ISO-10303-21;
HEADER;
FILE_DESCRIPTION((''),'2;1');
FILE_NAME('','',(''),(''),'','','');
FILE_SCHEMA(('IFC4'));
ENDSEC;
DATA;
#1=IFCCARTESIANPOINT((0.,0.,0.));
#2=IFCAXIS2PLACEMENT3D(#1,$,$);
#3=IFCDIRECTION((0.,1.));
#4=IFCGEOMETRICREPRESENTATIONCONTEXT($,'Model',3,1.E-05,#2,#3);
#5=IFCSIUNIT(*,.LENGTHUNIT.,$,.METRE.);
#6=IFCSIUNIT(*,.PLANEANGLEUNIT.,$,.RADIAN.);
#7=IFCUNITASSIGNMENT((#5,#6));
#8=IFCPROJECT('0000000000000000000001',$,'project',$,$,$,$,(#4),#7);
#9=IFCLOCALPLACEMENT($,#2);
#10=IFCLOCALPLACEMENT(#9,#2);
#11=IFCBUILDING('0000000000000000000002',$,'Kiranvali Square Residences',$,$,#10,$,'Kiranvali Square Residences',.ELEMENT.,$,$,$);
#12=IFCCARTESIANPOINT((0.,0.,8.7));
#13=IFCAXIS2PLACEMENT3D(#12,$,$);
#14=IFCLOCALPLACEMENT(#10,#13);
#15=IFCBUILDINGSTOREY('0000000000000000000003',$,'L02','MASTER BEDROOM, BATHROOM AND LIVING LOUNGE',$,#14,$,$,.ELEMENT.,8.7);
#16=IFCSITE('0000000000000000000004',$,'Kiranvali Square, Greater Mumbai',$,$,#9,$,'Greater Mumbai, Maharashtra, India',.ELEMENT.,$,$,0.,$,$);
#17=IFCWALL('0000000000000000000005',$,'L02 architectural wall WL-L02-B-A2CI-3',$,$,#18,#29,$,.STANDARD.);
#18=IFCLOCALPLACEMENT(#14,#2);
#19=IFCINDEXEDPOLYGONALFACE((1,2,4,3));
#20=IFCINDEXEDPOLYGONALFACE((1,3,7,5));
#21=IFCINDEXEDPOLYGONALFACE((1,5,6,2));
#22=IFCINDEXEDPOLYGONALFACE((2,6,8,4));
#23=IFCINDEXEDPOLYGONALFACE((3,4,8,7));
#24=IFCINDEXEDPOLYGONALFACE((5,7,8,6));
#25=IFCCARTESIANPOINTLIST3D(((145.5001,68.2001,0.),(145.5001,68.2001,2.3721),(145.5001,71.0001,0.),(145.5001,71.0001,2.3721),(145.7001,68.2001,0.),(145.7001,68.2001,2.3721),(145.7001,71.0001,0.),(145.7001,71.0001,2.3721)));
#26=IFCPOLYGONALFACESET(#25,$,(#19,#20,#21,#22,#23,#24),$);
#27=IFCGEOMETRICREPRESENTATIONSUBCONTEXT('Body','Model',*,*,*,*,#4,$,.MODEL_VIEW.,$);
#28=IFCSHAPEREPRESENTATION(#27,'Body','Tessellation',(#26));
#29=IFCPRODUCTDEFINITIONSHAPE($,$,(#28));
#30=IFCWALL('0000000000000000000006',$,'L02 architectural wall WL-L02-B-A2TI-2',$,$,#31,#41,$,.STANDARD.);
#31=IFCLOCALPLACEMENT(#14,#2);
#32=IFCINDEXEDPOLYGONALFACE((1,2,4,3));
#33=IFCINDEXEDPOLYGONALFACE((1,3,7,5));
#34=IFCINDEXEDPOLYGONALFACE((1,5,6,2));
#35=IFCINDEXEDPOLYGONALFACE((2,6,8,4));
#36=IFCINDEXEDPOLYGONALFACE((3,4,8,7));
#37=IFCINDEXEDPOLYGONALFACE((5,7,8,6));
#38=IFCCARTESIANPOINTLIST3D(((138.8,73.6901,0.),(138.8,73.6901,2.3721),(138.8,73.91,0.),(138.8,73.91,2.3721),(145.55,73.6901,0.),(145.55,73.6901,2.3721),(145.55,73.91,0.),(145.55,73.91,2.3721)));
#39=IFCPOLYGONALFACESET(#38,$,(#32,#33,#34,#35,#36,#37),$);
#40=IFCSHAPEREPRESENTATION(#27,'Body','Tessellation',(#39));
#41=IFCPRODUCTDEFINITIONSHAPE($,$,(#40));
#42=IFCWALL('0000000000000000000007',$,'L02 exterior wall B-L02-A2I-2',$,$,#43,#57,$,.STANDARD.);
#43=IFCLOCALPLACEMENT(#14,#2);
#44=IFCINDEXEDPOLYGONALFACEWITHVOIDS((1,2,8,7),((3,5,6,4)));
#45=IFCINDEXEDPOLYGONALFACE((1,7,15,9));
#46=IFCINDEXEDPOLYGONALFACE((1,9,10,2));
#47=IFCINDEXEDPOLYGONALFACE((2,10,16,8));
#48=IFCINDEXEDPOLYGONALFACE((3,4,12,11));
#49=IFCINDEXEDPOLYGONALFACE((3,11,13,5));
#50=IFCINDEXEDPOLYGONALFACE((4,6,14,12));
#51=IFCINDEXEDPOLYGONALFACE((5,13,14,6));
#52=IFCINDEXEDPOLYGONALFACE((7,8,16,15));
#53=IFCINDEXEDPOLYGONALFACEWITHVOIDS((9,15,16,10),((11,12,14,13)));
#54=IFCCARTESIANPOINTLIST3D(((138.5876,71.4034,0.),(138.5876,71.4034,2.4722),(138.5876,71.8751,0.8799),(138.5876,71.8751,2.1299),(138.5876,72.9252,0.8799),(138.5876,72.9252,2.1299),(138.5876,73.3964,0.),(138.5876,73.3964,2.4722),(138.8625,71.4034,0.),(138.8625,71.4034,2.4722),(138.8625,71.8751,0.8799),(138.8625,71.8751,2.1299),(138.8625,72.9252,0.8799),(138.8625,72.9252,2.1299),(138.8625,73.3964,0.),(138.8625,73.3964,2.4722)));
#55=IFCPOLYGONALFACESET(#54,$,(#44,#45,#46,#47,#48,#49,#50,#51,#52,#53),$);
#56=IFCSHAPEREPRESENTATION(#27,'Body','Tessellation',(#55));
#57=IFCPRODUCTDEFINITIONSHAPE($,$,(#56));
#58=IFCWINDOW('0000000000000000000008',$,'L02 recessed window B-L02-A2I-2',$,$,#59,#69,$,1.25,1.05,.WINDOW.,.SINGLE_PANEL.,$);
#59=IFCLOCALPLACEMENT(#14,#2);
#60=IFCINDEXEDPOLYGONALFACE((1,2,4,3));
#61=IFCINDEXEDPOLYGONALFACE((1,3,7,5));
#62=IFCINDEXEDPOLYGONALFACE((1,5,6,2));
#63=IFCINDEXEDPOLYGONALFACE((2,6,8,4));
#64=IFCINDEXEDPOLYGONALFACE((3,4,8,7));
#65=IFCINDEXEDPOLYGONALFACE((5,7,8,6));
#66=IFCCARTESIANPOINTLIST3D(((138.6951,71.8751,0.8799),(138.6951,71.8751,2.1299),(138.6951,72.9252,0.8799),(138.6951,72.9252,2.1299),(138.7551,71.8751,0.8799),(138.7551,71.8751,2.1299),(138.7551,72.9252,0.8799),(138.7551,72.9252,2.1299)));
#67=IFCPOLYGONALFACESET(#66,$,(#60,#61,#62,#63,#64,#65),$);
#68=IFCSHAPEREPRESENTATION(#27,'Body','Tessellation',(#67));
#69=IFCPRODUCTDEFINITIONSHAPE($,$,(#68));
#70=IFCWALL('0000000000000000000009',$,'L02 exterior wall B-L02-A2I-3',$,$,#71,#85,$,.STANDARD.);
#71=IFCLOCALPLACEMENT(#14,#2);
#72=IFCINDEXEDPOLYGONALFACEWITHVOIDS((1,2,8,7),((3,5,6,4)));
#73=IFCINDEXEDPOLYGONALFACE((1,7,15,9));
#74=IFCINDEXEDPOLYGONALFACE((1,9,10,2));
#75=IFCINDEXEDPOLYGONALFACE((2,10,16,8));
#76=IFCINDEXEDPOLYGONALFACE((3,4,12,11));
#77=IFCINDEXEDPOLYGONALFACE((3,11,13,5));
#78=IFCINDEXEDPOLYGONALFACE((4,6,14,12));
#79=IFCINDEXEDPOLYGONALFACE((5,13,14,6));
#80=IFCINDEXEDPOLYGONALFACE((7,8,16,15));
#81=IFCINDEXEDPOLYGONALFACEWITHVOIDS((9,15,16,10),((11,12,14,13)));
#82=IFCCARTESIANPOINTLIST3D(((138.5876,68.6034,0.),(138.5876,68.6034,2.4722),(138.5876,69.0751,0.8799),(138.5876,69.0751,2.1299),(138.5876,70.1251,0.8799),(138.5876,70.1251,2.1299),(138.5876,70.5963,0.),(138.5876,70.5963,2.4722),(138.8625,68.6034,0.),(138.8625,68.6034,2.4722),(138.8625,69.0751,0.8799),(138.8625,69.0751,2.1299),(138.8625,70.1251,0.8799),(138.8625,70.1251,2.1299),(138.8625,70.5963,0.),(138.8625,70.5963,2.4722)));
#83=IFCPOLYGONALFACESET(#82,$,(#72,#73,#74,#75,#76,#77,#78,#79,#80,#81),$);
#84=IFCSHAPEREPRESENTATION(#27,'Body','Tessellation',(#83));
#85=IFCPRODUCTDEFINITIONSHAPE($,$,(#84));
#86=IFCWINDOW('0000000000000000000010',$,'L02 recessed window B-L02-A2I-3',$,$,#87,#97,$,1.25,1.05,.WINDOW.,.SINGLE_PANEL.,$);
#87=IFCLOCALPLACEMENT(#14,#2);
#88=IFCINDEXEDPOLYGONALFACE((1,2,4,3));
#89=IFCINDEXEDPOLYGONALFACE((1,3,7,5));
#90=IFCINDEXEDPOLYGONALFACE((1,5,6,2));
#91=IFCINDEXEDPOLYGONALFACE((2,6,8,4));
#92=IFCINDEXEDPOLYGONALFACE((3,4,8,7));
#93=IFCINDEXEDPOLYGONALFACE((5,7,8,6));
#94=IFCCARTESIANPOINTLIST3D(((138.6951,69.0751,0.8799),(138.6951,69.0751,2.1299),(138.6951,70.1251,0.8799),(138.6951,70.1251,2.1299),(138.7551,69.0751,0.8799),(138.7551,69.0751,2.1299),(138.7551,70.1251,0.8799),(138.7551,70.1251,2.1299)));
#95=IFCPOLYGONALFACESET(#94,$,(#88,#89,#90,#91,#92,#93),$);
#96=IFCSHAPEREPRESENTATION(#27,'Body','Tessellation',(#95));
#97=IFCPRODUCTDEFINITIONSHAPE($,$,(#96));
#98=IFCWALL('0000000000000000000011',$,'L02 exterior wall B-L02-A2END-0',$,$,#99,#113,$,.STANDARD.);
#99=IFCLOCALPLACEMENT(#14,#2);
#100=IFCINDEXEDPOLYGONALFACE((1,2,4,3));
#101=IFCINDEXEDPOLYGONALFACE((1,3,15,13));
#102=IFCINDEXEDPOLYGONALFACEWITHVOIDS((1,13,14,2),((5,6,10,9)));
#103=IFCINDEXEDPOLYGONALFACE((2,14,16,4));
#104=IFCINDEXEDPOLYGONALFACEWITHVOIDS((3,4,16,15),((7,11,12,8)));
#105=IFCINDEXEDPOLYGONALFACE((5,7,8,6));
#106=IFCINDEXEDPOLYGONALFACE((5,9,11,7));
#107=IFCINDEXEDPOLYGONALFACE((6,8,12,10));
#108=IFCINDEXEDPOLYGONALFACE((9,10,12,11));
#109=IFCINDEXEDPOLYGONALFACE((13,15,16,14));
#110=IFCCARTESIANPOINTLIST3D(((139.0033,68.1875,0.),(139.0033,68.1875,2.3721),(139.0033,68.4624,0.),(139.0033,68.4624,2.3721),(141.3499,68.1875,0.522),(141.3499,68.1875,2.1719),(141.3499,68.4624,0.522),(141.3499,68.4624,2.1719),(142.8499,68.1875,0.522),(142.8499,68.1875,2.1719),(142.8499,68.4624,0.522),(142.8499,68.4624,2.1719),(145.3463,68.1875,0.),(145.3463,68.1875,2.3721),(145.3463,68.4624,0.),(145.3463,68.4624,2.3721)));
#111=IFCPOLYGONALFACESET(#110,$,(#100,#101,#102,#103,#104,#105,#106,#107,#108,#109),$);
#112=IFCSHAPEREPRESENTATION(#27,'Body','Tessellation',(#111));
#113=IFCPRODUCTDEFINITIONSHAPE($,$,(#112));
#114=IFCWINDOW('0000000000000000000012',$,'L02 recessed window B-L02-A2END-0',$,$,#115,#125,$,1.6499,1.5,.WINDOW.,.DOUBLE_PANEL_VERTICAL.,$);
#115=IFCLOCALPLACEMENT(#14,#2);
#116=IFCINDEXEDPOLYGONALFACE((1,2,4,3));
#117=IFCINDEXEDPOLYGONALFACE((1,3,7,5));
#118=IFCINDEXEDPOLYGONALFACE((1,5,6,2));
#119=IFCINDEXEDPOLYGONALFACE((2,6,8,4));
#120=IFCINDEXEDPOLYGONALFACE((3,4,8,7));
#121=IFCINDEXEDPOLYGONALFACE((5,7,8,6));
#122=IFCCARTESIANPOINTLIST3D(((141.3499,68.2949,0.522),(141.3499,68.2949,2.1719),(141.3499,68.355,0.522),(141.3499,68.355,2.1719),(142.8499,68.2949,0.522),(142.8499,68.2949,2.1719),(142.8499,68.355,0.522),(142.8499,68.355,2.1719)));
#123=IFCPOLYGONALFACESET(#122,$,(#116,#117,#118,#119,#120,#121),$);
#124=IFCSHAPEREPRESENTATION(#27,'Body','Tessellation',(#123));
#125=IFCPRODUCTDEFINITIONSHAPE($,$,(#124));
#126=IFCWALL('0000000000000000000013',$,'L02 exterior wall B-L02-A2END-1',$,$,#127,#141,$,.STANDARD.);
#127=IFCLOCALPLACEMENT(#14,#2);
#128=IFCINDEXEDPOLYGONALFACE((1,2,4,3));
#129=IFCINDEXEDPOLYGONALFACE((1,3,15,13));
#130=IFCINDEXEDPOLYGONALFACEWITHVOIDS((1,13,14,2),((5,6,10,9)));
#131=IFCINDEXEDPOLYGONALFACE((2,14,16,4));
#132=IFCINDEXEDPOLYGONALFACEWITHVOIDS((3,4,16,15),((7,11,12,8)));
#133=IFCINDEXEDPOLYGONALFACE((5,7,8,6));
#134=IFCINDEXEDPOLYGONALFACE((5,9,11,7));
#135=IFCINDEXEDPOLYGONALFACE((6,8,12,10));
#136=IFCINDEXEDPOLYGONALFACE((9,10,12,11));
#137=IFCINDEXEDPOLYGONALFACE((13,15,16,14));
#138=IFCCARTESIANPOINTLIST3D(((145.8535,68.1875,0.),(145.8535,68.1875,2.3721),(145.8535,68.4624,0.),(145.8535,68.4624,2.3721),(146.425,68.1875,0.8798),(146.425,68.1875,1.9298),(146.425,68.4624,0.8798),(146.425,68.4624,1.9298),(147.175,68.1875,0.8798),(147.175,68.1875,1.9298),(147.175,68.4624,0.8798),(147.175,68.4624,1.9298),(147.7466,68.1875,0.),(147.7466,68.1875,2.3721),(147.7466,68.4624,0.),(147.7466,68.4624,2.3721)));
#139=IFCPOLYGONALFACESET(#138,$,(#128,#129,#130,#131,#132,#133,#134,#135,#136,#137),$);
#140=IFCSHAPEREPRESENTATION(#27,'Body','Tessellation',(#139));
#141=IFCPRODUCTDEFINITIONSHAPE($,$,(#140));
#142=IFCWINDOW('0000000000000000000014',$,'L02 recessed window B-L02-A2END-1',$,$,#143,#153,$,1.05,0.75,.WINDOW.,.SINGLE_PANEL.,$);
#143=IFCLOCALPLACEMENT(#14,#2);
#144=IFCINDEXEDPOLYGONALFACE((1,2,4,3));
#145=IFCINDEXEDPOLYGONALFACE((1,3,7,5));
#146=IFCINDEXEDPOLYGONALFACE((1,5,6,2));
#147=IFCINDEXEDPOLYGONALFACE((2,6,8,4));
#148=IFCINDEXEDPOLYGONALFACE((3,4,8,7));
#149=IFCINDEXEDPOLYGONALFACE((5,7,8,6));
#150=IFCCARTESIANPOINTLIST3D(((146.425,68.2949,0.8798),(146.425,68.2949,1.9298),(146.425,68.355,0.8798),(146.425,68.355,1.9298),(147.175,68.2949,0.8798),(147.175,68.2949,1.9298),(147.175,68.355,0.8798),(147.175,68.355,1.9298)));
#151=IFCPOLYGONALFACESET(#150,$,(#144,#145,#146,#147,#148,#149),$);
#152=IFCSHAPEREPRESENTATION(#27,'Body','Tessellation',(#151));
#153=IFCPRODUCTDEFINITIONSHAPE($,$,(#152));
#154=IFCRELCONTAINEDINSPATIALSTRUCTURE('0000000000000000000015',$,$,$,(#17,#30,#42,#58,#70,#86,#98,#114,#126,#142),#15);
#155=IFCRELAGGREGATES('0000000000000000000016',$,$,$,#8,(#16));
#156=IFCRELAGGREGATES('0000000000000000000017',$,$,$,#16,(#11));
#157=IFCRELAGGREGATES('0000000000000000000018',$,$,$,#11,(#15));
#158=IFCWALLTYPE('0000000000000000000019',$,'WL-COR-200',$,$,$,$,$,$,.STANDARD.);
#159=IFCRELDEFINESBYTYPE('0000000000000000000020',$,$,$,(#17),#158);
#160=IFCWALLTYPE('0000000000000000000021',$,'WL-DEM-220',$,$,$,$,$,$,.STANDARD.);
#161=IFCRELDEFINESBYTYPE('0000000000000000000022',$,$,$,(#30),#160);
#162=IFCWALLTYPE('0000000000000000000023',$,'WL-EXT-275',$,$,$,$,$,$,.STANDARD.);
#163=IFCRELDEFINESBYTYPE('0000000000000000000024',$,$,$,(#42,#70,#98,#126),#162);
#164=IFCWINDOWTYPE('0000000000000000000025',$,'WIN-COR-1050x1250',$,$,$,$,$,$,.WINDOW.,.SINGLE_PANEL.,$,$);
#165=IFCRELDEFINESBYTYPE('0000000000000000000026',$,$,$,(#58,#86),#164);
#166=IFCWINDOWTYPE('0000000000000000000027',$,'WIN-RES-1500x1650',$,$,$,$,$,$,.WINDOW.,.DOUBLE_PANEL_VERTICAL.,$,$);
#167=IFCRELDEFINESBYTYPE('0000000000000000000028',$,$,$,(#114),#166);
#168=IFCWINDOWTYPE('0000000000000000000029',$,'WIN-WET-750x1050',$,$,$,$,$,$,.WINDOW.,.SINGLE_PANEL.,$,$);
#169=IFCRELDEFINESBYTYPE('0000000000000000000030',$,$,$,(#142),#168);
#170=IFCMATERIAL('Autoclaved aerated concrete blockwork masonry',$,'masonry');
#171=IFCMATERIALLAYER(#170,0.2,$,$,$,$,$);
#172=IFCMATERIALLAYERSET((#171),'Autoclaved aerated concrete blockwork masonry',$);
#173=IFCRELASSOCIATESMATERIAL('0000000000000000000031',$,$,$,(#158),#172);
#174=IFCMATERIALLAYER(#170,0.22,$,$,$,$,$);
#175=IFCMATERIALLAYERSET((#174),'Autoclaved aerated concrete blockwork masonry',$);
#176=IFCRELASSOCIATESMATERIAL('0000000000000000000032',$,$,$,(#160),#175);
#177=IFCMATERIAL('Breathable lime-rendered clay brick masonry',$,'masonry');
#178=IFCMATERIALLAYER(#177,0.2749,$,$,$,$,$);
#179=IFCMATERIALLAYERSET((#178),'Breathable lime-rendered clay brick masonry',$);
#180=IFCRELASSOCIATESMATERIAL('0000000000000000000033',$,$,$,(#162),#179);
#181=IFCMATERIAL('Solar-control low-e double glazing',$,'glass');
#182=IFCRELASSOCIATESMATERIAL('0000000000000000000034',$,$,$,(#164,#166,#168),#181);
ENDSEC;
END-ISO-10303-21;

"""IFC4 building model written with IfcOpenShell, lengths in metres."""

from ifc_helpers import new_model, si_unit, direction, frame, frame_2d, origin, place, context, subcontext, project, spatial, rectangle, extrude, material, layer, layer_set, type_object, element, fill, save


model = new_model("IFC4")

# Units and contexts
model_context = context("Model", 3, precision=1e-05, world=origin(), true_north=direction((0.0, 1.0)))
body_context = subcontext(model_context, "Body", "Model", "MODEL_VIEW")
ifc_project = project(units=[si_unit("LENGTHUNIT", "METRE"), si_unit("PLANEANGLEUNIT", "RADIAN")], contexts=[model_context])

# Site, building, storey
site_placement = place(None, origin())
site = spatial("IfcSite", under=ifc_project, at=site_placement, Name="Kiranvali Square, Greater Mumbai", LongName="Greater Mumbai, Maharashtra, India", CompositionType="ELEMENT", RefElevation=0.0)
building_placement = place(site_placement, origin())
building = spatial("IfcBuilding", under=site, at=building_placement, Name="Kiranvali Square Residences", LongName="Kiranvali Square Residences", CompositionType="ELEMENT")
storey_placement = place(building_placement, frame((0.0, 0.0, 8.7)))
storey = spatial("IfcBuildingStorey", under=building, at=storey_placement, Name="L02", Description="MASTER BEDROOM, BATHROOM AND LIVING LOUNGE", CompositionType="ELEMENT", Elevation=8.7)

# Shared definitions
ifc_material_1 = material(Name="Autoclaved aerated concrete blockwork masonry", Category="masonry")
ifc_layer_1 = layer(ifc_material_1, 0.2)
ifc_layer_set_1 = layer_set([ifc_layer_1], Name="Autoclaved aerated concrete blockwork masonry")
wall_type_1 = type_object("IfcWallType", Name="WL-COR-200", PredefinedType="STANDARD", material=ifc_layer_set_1)

# Walls
wall_1_placement = place(storey_placement, frame((145.6001, 71.0, 0.0), z_axis=(0.0, 0.0, 1.0), x_axis=(0.0, -1.0, 0.0)))
element("IfcWall", 1, at=wall_1_placement, inside=storey, type_object=wall_type_1, Name="L02 architectural wall WL-L02-B-A2CI-3", PredefinedType="STANDARD", context=body_context, shape_type="SweptSolid", body=[
    extrude(rectangle(XDim=2.8, YDim=0.2, at=frame_2d((1.3999, 0.0))), origin(), (0.0, 0.0, 1.0), 2.3721),
])
ifc_layer_2 = layer(ifc_material_1, 0.22)
ifc_layer_set_2 = layer_set([ifc_layer_2], Name="Autoclaved aerated concrete blockwork masonry")
wall_type_2 = type_object("IfcWallType", Name="WL-DEM-220", PredefinedType="STANDARD", material=ifc_layer_set_2)
wall_2_placement = place(storey_placement, frame((138.8, 73.8, 0.0), z_axis=(0.0, 0.0, 1.0), x_axis=(1.0, 0.0, 0.0)))
element("IfcWall", 2, at=wall_2_placement, inside=storey, type_object=wall_type_2, Name="L02 architectural wall WL-L02-B-A2TI-2", PredefinedType="STANDARD", context=body_context, shape_type="SweptSolid", body=[
    extrude(rectangle(XDim=6.75, YDim=0.22, at=frame_2d((3.375, 0.0))), origin(), (0.0, 0.0, 1.0), 2.3721),
])

# Walls, openings, windows
ifc_material_2 = material(Name="Breathable lime-rendered clay brick masonry", Category="masonry")
ifc_layer_3 = layer(ifc_material_2, 0.2749)
ifc_layer_set_3 = layer_set([ifc_layer_3], Name="Breathable lime-rendered clay brick masonry")
wall_type_3 = type_object("IfcWallType", Name="WL-EXT-275", PredefinedType="STANDARD", material=ifc_layer_set_3)
wall_3_placement = place(storey_placement, frame((138.7251, 73.3965, 0.0), z_axis=(0.0, 0.0, 1.0), x_axis=(0.0, -1.0, 0.0)))
wall_3 = element("IfcWall", 3, at=wall_3_placement, inside=storey, type_object=wall_type_3, Name="L02 exterior wall B-L02-A2I-2", PredefinedType="STANDARD", context=body_context, shape_type="SweptSolid", body=[
    extrude(rectangle(XDim=1.9929, YDim=0.2749, at=frame_2d((0.9966, 0.0))), origin(), (0.0, 0.0, 1.0), 2.4722),
])
opening_1_placement = place(wall_3_placement, frame((0.4714, 0.0, 0.8799)))
opening_1 = element("IfcOpeningElement", 4, at=opening_1_placement, cuts=wall_3, PredefinedType="OPENING", context=body_context, shape_type="SweptSolid", body=[
    extrude(rectangle(XDim=1.05, YDim=1.25, at=frame_2d((0.5249, 0.625))), frame((0.0, 0.1475, 0.0), z_axis=(0.0, -1.0, 0.0), x_axis=(1.0, 0.0, 0.0)), (0.0, 0.0, 1.0), 0.2949),
])
ifc_material_3 = material(Name="Solar-control low-e double glazing", Category="glass")
window_type_1 = type_object("IfcWindowType", Name="WIN-COR-1050x1250", PartitioningType="SINGLE_PANEL", PredefinedType="WINDOW", material=ifc_material_3)
window_1_placement = place(opening_1_placement, origin())
window_1 = element("IfcWindow", 5, at=window_1_placement, inside=storey, type_object=window_type_1, Name="L02 recessed window B-L02-A2I-2", OverallHeight=1.25, OverallWidth=1.05, PartitioningType="SINGLE_PANEL", PredefinedType="WINDOW", context=body_context, shape_type="SweptSolid", body=[
    extrude(rectangle(XDim=1.05, YDim=1.25, at=frame_2d((0.5249, 0.625))), frame((0.0, 0.03, 0.0), z_axis=(0.0, -1.0, 0.0), x_axis=(1.0, 0.0, 0.0)), (0.0, 0.0, 1.0), 0.0601),
])
fill(opening_1, window_1)
wall_4_placement = place(storey_placement, frame((138.7251, 70.5964, 0.0), z_axis=(0.0, 0.0, 1.0), x_axis=(0.0, -1.0, 0.0)))
wall_4 = element("IfcWall", 6, at=wall_4_placement, inside=storey, type_object=wall_type_3, Name="L02 exterior wall B-L02-A2I-3", PredefinedType="STANDARD", context=body_context, shape_type="SweptSolid", body=[
    extrude(rectangle(XDim=1.9929, YDim=0.2749, at=frame_2d((0.9966, 0.0))), origin(), (0.0, 0.0, 1.0), 2.4722),
])
opening_2_placement = place(wall_4_placement, frame((0.4714, 0.0, 0.8799)))
opening_2 = element("IfcOpeningElement", 7, at=opening_2_placement, cuts=wall_4, PredefinedType="OPENING", context=body_context, shape_type="SweptSolid", body=[
    extrude(rectangle(XDim=1.05, YDim=1.25, at=frame_2d((0.5249, 0.625))), frame((0.0, 0.1475, 0.0), z_axis=(0.0, -1.0, 0.0), x_axis=(1.0, 0.0, 0.0)), (0.0, 0.0, 1.0), 0.2949),
])
window_2_placement = place(opening_2_placement, origin())
window_2 = element("IfcWindow", 8, at=window_2_placement, inside=storey, type_object=window_type_1, Name="L02 recessed window B-L02-A2I-3", OverallHeight=1.25, OverallWidth=1.05, PartitioningType="SINGLE_PANEL", PredefinedType="WINDOW", context=body_context, shape_type="SweptSolid", body=[
    extrude(rectangle(XDim=1.05, YDim=1.25, at=frame_2d((0.5249, 0.625))), frame((0.0, 0.03, 0.0), z_axis=(0.0, -1.0, 0.0), x_axis=(1.0, 0.0, 0.0)), (0.0, 0.0, 1.0), 0.0601),
])
fill(opening_2, window_2)
wall_5_placement = place(storey_placement, frame((139.0034, 68.325, 0.0), z_axis=(0.0, 0.0, 1.0), x_axis=(1.0, 0.0, 0.0)))
wall_5 = element("IfcWall", 9, at=wall_5_placement, inside=storey, type_object=wall_type_3, Name="L02 exterior wall B-L02-A2END-0", PredefinedType="STANDARD", context=body_context, shape_type="SweptSolid", body=[
    extrude(rectangle(XDim=6.343, YDim=0.2749, at=frame_2d((3.1714, 0.0))), origin(), (0.0, 0.0, 1.0), 2.3721),
])
opening_3_placement = place(wall_5_placement, frame((2.3464, 0.0, 0.522)))
opening_3 = element("IfcOpeningElement", 10, at=opening_3_placement, cuts=wall_5, PredefinedType="OPENING", context=body_context, shape_type="SweptSolid", body=[
    extrude(rectangle(XDim=1.5, YDim=1.6499, at=frame_2d((0.75, 0.825))), frame((0.0, 0.1475, 0.0), z_axis=(0.0, -1.0, 0.0), x_axis=(1.0, 0.0, 0.0)), (0.0, 0.0, 1.0), 0.2949),
])
window_type_2 = type_object("IfcWindowType", Name="WIN-RES-1500x1650", PartitioningType="DOUBLE_PANEL_VERTICAL", PredefinedType="WINDOW", material=ifc_material_3)
window_3_placement = place(opening_3_placement, origin())
window_3 = element("IfcWindow", 11, at=window_3_placement, inside=storey, type_object=window_type_2, Name="L02 recessed window B-L02-A2END-0", OverallHeight=1.6499, OverallWidth=1.5, PartitioningType="DOUBLE_PANEL_VERTICAL", PredefinedType="WINDOW", context=body_context, shape_type="SweptSolid", body=[
    extrude(rectangle(XDim=1.5, YDim=1.6499, at=frame_2d((0.75, 0.825))), frame((0.0, 0.03, 0.0), z_axis=(0.0, -1.0, 0.0), x_axis=(1.0, 0.0, 0.0)), (0.0, 0.0, 1.0), 0.0601),
])
fill(opening_3, window_3)
wall_6_placement = place(storey_placement, frame((145.8535, 68.325, 0.0), z_axis=(0.0, 0.0, 1.0), x_axis=(1.0, 0.0, 0.0)))
wall_6 = element("IfcWall", 12, at=wall_6_placement, inside=storey, type_object=wall_type_3, Name="L02 exterior wall B-L02-A2END-1", PredefinedType="STANDARD", context=body_context, shape_type="SweptSolid", body=[
    extrude(rectangle(XDim=1.8931, YDim=0.2749, at=frame_2d((0.9465, 0.0))), origin(), (0.0, 0.0, 1.0), 2.3721),
])
opening_4_placement = place(wall_6_placement, frame((0.5715, 0.0, 0.8799)))
opening_4 = element("IfcOpeningElement", 13, at=opening_4_placement, cuts=wall_6, PredefinedType="OPENING", context=body_context, shape_type="SweptSolid", body=[
    extrude(rectangle(XDim=0.75, YDim=1.05, at=frame_2d((0.375, 0.5249))), frame((0.0, 0.1475, 0.0), z_axis=(0.0, -1.0, 0.0), x_axis=(1.0, 0.0, 0.0)), (0.0, 0.0, 1.0), 0.2949),
])
window_type_3 = type_object("IfcWindowType", Name="WIN-WET-750x1050", PartitioningType="SINGLE_PANEL", PredefinedType="WINDOW", material=ifc_material_3)
window_4_placement = place(opening_4_placement, origin())
window_4 = element("IfcWindow", 14, at=window_4_placement, inside=storey, type_object=window_type_3, Name="L02 recessed window B-L02-A2END-1", OverallHeight=1.05, OverallWidth=0.75, PartitioningType="SINGLE_PANEL", PredefinedType="WINDOW", context=body_context, shape_type="SweptSolid", body=[
    extrude(rectangle(XDim=0.75, YDim=1.05, at=frame_2d((0.375, 0.5249))), frame((0.0, 0.03, 0.0), z_axis=(0.0, -1.0, 0.0), x_axis=(1.0, 0.0, 0.0)), (0.0, 0.0, 1.0), 0.0601),
])
fill(opening_4, window_4)

save(model, "model.ifc")
